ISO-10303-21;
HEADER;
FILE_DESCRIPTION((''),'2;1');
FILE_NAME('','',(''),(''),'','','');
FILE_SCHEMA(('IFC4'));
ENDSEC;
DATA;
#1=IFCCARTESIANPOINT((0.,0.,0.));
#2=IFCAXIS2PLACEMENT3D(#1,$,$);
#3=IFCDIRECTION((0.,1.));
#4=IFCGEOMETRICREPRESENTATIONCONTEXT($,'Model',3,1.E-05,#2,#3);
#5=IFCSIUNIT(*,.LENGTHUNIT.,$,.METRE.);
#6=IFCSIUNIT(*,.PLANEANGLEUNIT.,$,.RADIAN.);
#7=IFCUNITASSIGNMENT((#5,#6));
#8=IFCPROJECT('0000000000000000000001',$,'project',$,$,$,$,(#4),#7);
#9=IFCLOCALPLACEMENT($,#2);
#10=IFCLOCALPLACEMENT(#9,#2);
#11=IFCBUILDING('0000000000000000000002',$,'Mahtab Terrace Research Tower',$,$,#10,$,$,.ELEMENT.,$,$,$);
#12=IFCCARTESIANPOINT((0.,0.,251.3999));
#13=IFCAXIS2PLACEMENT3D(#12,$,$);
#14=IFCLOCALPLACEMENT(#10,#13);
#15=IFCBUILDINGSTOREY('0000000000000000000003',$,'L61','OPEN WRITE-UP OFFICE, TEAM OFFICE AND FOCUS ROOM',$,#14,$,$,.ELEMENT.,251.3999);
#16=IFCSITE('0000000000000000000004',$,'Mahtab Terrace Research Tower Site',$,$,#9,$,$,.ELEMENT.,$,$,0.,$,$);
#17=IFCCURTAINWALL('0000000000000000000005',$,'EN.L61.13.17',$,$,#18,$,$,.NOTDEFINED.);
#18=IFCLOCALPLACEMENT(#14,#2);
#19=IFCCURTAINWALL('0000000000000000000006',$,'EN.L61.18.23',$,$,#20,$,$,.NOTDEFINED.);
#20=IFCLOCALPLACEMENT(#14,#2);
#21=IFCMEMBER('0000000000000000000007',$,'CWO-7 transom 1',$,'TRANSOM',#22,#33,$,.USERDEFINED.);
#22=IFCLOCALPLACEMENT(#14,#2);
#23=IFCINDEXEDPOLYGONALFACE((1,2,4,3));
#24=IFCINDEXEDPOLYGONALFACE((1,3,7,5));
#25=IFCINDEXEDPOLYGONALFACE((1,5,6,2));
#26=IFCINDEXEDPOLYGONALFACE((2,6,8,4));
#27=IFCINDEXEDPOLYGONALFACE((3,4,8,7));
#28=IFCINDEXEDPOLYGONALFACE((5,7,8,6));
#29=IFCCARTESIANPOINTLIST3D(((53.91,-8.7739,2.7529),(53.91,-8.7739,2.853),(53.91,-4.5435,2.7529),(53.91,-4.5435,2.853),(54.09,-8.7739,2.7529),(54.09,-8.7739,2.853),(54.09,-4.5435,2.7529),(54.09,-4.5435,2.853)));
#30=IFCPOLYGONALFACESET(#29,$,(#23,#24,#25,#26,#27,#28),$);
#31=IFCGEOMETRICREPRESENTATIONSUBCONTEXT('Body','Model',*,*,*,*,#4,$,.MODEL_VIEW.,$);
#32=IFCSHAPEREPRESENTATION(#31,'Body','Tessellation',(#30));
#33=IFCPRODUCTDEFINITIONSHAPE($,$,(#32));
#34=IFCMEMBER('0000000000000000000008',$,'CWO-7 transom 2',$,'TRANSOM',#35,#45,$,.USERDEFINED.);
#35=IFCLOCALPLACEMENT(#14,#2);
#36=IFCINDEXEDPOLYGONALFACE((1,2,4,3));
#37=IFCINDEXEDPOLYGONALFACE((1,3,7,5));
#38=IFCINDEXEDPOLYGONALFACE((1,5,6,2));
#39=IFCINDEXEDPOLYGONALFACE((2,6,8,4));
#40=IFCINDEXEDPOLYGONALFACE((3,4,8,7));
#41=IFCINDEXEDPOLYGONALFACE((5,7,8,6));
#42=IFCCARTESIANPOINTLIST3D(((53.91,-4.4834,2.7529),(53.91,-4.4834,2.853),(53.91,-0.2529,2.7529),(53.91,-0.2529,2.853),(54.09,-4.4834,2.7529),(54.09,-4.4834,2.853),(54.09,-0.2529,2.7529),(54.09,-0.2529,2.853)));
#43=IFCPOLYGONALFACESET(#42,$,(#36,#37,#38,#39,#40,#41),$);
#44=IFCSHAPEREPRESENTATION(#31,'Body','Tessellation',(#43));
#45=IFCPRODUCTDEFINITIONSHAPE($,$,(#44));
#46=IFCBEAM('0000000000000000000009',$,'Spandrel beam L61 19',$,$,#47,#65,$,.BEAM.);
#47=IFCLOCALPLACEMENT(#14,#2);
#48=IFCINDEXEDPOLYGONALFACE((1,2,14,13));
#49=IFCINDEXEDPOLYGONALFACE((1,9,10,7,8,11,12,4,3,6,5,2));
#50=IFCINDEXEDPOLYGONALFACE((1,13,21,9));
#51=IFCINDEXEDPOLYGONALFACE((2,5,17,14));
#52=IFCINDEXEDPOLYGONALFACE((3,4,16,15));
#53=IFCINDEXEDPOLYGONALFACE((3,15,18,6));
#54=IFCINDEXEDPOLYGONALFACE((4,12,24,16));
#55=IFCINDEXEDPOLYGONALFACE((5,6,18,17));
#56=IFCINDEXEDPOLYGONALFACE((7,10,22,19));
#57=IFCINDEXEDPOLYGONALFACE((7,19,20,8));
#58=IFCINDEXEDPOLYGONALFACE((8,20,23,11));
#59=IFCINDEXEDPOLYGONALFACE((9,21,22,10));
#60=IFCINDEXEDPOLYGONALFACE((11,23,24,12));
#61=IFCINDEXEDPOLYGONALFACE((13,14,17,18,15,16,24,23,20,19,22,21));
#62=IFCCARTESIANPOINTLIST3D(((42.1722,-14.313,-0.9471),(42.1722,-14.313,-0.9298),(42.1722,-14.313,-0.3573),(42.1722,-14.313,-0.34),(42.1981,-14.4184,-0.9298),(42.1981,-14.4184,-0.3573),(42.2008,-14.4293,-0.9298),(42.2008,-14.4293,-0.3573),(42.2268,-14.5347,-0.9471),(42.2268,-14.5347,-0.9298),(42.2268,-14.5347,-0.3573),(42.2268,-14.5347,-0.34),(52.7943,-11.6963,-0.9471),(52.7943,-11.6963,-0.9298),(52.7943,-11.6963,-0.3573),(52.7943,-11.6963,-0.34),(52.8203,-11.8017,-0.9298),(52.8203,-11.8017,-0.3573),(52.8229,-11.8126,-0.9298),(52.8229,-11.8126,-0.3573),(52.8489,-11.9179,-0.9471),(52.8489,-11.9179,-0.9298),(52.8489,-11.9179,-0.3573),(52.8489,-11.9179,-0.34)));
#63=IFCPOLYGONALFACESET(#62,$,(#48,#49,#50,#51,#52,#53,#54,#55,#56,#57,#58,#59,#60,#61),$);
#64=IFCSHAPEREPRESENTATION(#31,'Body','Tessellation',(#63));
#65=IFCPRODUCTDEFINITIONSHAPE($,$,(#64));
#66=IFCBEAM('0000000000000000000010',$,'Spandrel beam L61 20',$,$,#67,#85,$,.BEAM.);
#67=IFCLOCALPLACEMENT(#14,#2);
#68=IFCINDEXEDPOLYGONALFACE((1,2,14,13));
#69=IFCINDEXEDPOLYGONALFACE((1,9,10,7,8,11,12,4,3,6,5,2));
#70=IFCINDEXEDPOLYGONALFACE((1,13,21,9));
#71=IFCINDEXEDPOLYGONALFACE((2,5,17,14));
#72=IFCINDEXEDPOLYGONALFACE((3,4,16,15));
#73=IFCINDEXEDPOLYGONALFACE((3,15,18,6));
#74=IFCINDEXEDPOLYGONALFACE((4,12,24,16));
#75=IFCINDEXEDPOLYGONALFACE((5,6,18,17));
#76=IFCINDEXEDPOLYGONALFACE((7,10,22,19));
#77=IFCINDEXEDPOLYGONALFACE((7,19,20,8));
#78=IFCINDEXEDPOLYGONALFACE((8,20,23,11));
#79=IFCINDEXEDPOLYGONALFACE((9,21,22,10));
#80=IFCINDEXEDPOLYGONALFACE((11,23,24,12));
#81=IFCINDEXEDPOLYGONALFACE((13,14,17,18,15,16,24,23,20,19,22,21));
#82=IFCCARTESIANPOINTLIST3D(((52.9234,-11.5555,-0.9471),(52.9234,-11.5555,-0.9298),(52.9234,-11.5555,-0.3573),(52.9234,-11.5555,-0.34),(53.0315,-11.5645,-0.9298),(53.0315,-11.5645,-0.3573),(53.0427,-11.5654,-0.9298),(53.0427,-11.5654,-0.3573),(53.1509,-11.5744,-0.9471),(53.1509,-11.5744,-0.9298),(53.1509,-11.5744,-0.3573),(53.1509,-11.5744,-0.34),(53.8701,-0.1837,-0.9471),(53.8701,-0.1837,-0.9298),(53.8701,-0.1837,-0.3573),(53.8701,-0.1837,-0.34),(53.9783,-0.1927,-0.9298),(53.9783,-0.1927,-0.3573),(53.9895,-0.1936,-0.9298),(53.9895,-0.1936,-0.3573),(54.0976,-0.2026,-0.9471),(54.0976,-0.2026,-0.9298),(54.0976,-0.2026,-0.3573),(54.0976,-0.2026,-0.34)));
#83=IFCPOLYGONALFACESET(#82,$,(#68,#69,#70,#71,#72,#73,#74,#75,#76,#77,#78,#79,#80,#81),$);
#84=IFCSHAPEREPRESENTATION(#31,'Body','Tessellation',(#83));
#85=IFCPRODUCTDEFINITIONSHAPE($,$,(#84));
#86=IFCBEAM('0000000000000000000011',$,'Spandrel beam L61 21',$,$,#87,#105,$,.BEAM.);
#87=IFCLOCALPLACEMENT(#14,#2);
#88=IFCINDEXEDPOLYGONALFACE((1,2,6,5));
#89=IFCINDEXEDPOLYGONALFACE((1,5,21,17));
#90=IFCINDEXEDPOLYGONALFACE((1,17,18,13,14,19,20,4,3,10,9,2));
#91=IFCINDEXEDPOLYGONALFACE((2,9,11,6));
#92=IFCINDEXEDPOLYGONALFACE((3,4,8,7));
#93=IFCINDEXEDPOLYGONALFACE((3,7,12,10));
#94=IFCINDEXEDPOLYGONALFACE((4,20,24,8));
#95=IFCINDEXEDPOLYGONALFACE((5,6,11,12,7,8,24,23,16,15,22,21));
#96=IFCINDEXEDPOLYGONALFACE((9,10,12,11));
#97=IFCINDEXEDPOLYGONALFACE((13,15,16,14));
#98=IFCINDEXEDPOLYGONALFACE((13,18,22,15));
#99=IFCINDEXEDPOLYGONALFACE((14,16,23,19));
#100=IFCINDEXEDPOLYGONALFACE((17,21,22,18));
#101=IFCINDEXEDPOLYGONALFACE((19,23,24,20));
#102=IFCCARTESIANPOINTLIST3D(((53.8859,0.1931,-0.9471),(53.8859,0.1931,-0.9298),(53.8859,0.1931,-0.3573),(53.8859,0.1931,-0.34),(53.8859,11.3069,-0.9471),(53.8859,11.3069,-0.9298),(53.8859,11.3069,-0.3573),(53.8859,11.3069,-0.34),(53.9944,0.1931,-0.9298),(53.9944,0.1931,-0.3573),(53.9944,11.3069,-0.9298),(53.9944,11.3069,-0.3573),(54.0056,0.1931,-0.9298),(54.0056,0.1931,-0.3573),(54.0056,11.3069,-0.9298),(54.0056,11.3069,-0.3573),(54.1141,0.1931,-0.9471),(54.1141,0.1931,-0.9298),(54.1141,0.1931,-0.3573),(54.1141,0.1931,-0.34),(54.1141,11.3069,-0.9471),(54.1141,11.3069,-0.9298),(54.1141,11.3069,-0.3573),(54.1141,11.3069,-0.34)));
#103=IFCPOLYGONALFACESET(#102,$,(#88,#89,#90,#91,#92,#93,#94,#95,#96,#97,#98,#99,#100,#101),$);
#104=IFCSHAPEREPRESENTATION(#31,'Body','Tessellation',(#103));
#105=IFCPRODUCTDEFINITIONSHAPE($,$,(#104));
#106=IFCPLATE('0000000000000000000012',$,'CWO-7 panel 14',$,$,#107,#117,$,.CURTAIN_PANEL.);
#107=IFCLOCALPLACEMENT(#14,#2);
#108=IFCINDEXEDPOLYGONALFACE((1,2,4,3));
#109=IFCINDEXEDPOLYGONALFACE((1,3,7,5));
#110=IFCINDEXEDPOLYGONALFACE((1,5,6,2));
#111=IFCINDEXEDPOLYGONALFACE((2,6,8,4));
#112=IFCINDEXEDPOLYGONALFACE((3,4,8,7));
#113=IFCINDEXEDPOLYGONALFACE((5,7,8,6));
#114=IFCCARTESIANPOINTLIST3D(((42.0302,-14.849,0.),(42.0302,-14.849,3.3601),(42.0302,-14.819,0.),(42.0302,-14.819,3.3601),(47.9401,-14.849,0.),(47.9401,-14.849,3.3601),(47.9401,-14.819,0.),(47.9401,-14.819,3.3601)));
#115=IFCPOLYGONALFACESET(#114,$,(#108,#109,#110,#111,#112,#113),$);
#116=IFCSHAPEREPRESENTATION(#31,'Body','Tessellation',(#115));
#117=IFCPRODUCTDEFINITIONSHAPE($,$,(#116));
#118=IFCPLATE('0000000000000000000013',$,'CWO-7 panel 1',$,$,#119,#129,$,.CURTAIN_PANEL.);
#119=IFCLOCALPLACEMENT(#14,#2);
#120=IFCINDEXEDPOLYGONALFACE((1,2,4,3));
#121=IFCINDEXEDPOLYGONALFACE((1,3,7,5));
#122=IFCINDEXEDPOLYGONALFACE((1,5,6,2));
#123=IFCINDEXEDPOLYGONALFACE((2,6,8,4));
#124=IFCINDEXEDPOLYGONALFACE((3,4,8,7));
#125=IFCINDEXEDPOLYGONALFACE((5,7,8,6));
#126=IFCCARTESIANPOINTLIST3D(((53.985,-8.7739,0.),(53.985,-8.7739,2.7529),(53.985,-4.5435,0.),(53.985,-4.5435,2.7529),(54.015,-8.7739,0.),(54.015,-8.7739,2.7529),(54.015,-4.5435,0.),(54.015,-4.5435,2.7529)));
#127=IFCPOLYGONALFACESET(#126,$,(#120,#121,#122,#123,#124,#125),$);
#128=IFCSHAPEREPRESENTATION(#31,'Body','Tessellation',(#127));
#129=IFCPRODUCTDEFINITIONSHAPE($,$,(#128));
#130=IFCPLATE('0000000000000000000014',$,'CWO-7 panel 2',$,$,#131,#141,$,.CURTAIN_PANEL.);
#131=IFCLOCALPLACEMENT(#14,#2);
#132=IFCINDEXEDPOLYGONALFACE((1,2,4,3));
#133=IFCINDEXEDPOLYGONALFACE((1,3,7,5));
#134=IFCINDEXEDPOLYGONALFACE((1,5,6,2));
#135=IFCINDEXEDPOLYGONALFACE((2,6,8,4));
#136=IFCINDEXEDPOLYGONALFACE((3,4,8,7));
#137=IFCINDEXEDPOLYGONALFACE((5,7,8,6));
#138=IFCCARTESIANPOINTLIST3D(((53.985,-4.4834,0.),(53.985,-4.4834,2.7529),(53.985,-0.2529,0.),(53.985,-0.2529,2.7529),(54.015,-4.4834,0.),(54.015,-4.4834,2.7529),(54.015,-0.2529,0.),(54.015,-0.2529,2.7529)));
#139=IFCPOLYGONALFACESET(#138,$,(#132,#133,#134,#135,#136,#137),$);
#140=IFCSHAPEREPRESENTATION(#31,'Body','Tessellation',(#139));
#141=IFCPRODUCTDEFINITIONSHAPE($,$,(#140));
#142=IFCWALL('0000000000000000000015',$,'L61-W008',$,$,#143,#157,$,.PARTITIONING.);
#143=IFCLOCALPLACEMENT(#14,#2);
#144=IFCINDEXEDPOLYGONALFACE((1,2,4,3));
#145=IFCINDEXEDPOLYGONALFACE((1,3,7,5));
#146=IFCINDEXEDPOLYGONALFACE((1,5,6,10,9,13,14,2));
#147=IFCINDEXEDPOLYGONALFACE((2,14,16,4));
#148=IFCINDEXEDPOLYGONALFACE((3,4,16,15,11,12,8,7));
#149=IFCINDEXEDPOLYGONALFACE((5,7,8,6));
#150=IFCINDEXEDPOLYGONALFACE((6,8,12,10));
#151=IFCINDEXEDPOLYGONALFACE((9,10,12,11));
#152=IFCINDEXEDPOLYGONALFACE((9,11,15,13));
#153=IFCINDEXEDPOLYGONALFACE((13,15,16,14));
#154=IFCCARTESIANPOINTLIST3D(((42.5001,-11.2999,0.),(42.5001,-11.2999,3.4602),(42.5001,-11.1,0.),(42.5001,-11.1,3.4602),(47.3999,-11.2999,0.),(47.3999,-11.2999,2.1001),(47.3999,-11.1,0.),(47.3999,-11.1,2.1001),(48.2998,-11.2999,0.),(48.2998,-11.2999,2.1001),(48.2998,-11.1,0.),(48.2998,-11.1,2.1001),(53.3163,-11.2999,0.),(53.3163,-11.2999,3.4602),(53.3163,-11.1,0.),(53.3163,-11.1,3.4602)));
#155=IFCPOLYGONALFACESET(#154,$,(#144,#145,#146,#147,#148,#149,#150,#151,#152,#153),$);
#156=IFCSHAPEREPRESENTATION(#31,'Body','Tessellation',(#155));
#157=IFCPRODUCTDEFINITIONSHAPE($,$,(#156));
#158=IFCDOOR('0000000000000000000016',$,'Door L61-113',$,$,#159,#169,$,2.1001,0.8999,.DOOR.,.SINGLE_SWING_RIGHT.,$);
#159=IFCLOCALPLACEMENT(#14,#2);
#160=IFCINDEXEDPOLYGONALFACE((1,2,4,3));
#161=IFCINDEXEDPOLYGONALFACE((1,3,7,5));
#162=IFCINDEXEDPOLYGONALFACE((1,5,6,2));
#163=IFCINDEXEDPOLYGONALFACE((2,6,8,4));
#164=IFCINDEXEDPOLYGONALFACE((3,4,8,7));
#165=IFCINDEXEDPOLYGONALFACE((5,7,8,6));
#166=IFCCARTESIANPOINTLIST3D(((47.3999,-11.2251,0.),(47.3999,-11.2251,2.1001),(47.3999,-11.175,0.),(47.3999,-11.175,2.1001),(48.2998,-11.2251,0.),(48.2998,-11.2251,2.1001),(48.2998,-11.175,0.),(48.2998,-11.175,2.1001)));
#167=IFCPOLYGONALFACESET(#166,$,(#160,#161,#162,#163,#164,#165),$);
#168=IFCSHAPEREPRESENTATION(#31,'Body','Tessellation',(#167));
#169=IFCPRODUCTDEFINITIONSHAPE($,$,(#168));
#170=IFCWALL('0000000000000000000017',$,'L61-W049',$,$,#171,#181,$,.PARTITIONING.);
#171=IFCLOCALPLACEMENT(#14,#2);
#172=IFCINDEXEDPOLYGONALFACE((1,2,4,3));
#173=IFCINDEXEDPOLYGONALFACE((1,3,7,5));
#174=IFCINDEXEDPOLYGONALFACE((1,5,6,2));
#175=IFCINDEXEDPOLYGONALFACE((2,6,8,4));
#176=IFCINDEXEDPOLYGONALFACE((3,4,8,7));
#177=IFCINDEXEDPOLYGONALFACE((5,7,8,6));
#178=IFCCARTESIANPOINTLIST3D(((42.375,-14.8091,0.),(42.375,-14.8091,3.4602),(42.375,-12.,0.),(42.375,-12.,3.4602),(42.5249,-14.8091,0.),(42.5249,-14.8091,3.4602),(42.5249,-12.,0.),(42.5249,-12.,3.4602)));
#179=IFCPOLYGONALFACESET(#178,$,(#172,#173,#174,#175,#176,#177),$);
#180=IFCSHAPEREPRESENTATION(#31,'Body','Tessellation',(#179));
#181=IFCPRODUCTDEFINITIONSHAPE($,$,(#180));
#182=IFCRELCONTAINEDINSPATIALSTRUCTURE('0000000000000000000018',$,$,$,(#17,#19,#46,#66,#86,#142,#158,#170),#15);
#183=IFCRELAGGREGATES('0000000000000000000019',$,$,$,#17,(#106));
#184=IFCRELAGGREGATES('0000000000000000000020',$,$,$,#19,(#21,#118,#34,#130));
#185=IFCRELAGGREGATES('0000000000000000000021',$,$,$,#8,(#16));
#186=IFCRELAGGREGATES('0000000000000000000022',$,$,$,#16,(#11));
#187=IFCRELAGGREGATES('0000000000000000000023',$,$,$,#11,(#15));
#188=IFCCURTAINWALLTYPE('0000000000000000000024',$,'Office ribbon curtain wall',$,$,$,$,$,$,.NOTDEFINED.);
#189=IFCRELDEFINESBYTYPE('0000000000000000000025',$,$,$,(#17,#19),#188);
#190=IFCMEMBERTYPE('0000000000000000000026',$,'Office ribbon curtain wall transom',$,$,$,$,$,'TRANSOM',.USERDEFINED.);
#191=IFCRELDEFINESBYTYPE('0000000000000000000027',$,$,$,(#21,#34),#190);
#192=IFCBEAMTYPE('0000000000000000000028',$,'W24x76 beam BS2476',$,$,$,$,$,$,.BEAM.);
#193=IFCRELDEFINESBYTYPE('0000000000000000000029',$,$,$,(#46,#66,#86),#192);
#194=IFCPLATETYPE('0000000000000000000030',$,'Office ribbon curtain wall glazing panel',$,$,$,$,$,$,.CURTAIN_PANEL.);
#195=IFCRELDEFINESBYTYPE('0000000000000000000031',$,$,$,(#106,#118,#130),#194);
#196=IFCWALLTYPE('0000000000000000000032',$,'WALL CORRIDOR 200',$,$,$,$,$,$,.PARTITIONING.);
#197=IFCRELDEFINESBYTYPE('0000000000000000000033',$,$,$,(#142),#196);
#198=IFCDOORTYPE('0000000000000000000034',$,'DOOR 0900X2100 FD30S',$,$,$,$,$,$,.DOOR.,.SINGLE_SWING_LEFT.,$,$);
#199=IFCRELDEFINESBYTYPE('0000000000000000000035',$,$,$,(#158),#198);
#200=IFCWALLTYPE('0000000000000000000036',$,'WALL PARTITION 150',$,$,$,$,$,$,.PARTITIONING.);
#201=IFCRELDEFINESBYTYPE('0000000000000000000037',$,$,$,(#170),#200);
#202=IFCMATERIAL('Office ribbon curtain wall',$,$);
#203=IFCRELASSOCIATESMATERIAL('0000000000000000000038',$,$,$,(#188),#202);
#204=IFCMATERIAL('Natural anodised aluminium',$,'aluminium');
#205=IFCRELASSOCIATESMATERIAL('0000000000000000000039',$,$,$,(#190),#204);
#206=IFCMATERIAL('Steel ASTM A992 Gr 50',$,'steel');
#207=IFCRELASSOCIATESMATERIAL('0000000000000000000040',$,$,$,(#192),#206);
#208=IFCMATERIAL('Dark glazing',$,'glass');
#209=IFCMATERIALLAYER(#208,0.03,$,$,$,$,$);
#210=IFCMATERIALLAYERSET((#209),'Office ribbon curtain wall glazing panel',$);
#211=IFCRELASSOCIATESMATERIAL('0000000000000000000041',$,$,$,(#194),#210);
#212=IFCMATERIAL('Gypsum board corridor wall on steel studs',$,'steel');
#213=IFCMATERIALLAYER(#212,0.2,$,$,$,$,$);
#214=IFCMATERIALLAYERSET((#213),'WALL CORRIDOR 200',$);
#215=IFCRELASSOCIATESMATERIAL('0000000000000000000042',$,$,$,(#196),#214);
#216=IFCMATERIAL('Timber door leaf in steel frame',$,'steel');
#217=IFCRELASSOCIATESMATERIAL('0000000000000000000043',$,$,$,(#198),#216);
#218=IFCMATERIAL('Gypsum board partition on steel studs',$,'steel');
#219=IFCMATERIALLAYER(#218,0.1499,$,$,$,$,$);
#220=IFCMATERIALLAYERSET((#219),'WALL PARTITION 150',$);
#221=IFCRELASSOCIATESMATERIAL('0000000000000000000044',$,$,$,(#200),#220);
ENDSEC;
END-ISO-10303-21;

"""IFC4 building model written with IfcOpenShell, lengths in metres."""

from ifc_helpers import new_model, si_unit, direction, frame, frame_2d, origin, origin_2d, place, context, subcontext, project, spatial, rectangle, i_section, extrude, material, layer, layer_set, material_profile, profile_set, type_object, element, fill, aggregate, save


model = new_model("IFC4")

# Units and contexts
model_context = context("Model", 3, precision=1e-05, world=origin(), true_north=direction((0.0, 1.0)))
body_context = subcontext(model_context, "Body", "Model", "MODEL_VIEW")
ifc_project = project(units=[si_unit("LENGTHUNIT", "METRE"), si_unit("PLANEANGLEUNIT", "RADIAN")], contexts=[model_context])

# Site, building, storey
site_placement = place(None, origin())
site = spatial("IfcSite", under=ifc_project, at=site_placement, Name="Mahtab Terrace Research Tower Site", CompositionType="ELEMENT", RefElevation=0.0)
building_placement = place(site_placement, origin())
building = spatial("IfcBuilding", under=site, at=building_placement, Name="Mahtab Terrace Research Tower", CompositionType="ELEMENT")
storey_placement = place(building_placement, frame((0.0, 0.0, 251.3999)))
storey = spatial("IfcBuildingStorey", under=building, at=storey_placement, Name="L61", Description="OPEN WRITE-UP OFFICE, TEAM OFFICE AND FOCUS ROOM", CompositionType="ELEMENT", Elevation=251.3999)

# Shared definitions
ifc_material_1 = material(Name="Steel ASTM A992 Gr 50", Category="steel")

# Curtain walls
ifc_material_2 = material(Name="Office ribbon curtain wall")
curtain_wall_type = type_object("IfcCurtainWallType", Name="Office ribbon curtain wall", PredefinedType="NOTDEFINED", material=ifc_material_2)
curtain_wall_1_placement = place(storey_placement, origin())
curtain_wall_1 = element("IfcCurtainWall", 1, at=curtain_wall_1_placement, inside=storey, type_object=curtain_wall_type, Name="EN.L61.13.17", PredefinedType="NOTDEFINED")
ifc_material_3 = material(Name="Natural anodised aluminium", Category="aluminium")
curtain_wall_2_placement = place(storey_placement, origin())
curtain_wall_2 = element("IfcCurtainWall", 2, at=curtain_wall_2_placement, inside=storey, type_object=curtain_wall_type, Name="EN.L61.18.23", PredefinedType="NOTDEFINED")

# Members
ifc_material_profile_1 = material_profile(ifc_material_3, rectangle(XDim=0.1799, YDim=0.1001, at=origin_2d()), Name="TRANSOM 100x180")
ifc_profile_set_1 = profile_set([ifc_material_profile_1], Name="Natural anodised aluminium")
member_type_1 = type_object("IfcMemberType", Name="Office ribbon curtain wall transom", ElementType="TRANSOM", PredefinedType="USERDEFINED", material=ifc_profile_set_1)
member_1_placement = place(storey_placement, frame((54.0, -8.7739, 2.803), z_axis=(0.0, 1.0, 0.0), x_axis=(-1.0, 0.0, 0.0)))
member_1 = element("IfcMember", 3, at=member_1_placement, type_object=member_type_1, Name="CWO-7 transom 1", ObjectType="TRANSOM", PredefinedType="USERDEFINED", context=body_context, shape_type="SweptSolid", body=[
    extrude(rectangle(XDim=0.1799, YDim=0.1001, at=origin_2d()), origin(), (0.0, 0.0, 1.0), 4.2305),
])
member_2_placement = place(storey_placement, frame((54.0, -4.4834, 2.803), z_axis=(0.0, 1.0, 0.0), x_axis=(-1.0, 0.0, 0.0)))
member_2 = element("IfcMember", 4, at=member_2_placement, type_object=member_type_1, Name="CWO-7 transom 2", ObjectType="TRANSOM", PredefinedType="USERDEFINED", context=body_context, shape_type="SweptSolid", body=[
    extrude(rectangle(XDim=0.1799, YDim=0.1001, at=origin_2d()), origin(), (0.0, 0.0, 1.0), 4.2305),
])

# Beams
ifc_material_profile_2 = material_profile(ifc_material_1, i_section(OverallWidth=0.2283, OverallDepth=0.6072, WebThickness=0.0112, FlangeThickness=0.0173, at=origin_2d()), Name="W24X76")
ifc_profile_set_2 = profile_set([ifc_material_profile_2], Name="Steel ASTM A992 Gr 50")
beam_type = type_object("IfcBeamType", Name="W24x76 beam BS2476", PredefinedType="BEAM", material=ifc_profile_set_2)
beam_1_placement = place(storey_placement, frame((42.1995, -14.4238, -0.6436), z_axis=(0.970972, 0.239195, 0.0), x_axis=(-0.239195, 0.970972, 0.0)))
element("IfcBeam", 5, at=beam_1_placement, inside=storey, type_object=beam_type, Name="Spandrel beam L61 19", PredefinedType="BEAM", context=body_context, shape_type="SweptSolid", body=[
    extrude(i_section(OverallWidth=0.2283, OverallDepth=0.6072, WebThickness=0.0112, FlangeThickness=0.0173, at=origin_2d()), origin(), (0.0, 0.0, 1.0), 10.9397),
])
beam_2_placement = place(storey_placement, frame((53.0371, -11.5649, -0.6436), z_axis=(0.082969, 0.996552, 0.0), x_axis=(-0.996552, 0.082969, 0.0)))
element("IfcBeam", 6, at=beam_2_placement, inside=storey, type_object=beam_type, Name="Spandrel beam L61 20", PredefinedType="BEAM", context=body_context, shape_type="SweptSolid", body=[
    extrude(i_section(OverallWidth=0.2283, OverallDepth=0.6072, WebThickness=0.0112, FlangeThickness=0.0173, at=origin_2d()), origin(), (0.0, 0.0, 1.0), 11.4111),
])
beam_3_placement = place(storey_placement, frame((54.0, 0.1931, -0.6436), z_axis=(0.0, 1.0, 0.0), x_axis=(-1.0, 0.0, 0.0)))
element("IfcBeam", 7, at=beam_3_placement, inside=storey, type_object=beam_type, Name="Spandrel beam L61 21", PredefinedType="BEAM", context=body_context, shape_type="SweptSolid", body=[
    extrude(i_section(OverallWidth=0.2283, OverallDepth=0.6072, WebThickness=0.0112, FlangeThickness=0.0173, at=origin_2d()), origin(), (0.0, 0.0, 1.0), 11.1138),
])

# Plates
ifc_material_4 = material(Name="Dark glazing", Category="glass")
ifc_layer_1 = layer(ifc_material_4, 0.03)
ifc_layer_set_1 = layer_set([ifc_layer_1], Name="Office ribbon curtain wall glazing panel")
plate_type = type_object("IfcPlateType", Name="Office ribbon curtain wall glazing panel", PredefinedType="CURTAIN_PANEL", material=ifc_layer_set_1)
plate_1_placement = place(storey_placement, frame((44.9851, -14.834, 0.0), z_axis=(0.0, 0.0, 1.0), x_axis=(1.0, 0.0, 0.0)))
plate_1 = element("IfcPlate", 8, at=plate_1_placement, type_object=plate_type, Name="CWO-7 panel 14", PredefinedType="CURTAIN_PANEL", context=body_context, shape_type="SweptSolid", body=[
    extrude(rectangle(XDim=5.9099, YDim=0.03, at=origin_2d()), origin(), (0.0, 0.0, 1.0), 3.3601),
])
aggregate(curtain_wall_1, [plate_1])
plate_2_placement = place(storey_placement, frame((54.0, -6.6587, 0.0), z_axis=(0.0, 0.0, 1.0), x_axis=(0.0, 1.0, 0.0)))
plate_2 = element("IfcPlate", 9, at=plate_2_placement, type_object=plate_type, Name="CWO-7 panel 1", PredefinedType="CURTAIN_PANEL", context=body_context, shape_type="SweptSolid", body=[
    extrude(rectangle(XDim=4.2305, YDim=0.03, at=origin_2d()), origin(), (0.0, 0.0, 1.0), 2.7529),
])
plate_3_placement = place(storey_placement, frame((54.0, -2.3682, 0.0), z_axis=(0.0, 0.0, 1.0), x_axis=(0.0, 1.0, 0.0)))
plate_3 = element("IfcPlate", 10, at=plate_3_placement, type_object=plate_type, Name="CWO-7 panel 2", PredefinedType="CURTAIN_PANEL", context=body_context, shape_type="SweptSolid", body=[
    extrude(rectangle(XDim=4.2305, YDim=0.03, at=origin_2d()), origin(), (0.0, 0.0, 1.0), 2.7529),
])
aggregate(curtain_wall_2, [member_1, plate_2, member_2, plate_3])

# Wall, opening, door
ifc_material_5 = material(Name="Gypsum board corridor wall on steel studs", Category="steel")
ifc_layer_2 = layer(ifc_material_5, 0.2)
ifc_layer_set_2 = layer_set([ifc_layer_2], Name="WALL CORRIDOR 200")
wall_type_1 = type_object("IfcWallType", Name="WALL CORRIDOR 200", PredefinedType="PARTITIONING", material=ifc_layer_set_2)
wall_1_placement = place(storey_placement, frame((42.5, -11.2, 0.0), z_axis=(0.0, 0.0, 1.0), x_axis=(1.0, 0.0, 0.0)))
wall_1 = element("IfcWall", 11, at=wall_1_placement, inside=storey, type_object=wall_type_1, Name="L61-W008", PredefinedType="PARTITIONING", context=body_context, shape_type="SweptSolid", body=[
    extrude(rectangle(XDim=10.8162, YDim=0.2, at=frame_2d((5.4082, 0.0))), origin(), (0.0, 0.0, 1.0), 3.4602),
])
opening_placement = place(wall_1_placement, frame((4.8999, 0.0, 0.0)))
opening = element("IfcOpeningElement", 12, at=opening_placement, cuts=wall_1, PredefinedType="OPENING", context=body_context, shape_type="SweptSolid", body=[
    extrude(rectangle(XDim=0.8999, YDim=2.1001, at=frame_2d((0.45, 1.05))), frame((0.0, 0.1099, 0.0), z_axis=(0.0, -1.0, 0.0), x_axis=(1.0, 0.0, 0.0)), (0.0, 0.0, 1.0), 0.22),
])
ifc_material_6 = material(Name="Timber door leaf in steel frame", Category="steel")
door_type = type_object("IfcDoorType", Name="DOOR 0900X2100 FD30S", OperationType="SINGLE_SWING_LEFT", PredefinedType="DOOR", material=ifc_material_6)
door_placement = place(opening_placement, origin())
door = element("IfcDoor", 13, at=door_placement, inside=storey, type_object=door_type, Name="Door L61-113", OperationType="SINGLE_SWING_RIGHT", OverallHeight=2.1001, OverallWidth=0.8999, PredefinedType="DOOR", context=body_context, shape_type="SweptSolid", body=[
    extrude(rectangle(XDim=0.8999, YDim=2.1001, at=frame_2d((0.45, 1.05))), frame((0.0, 0.0249, 0.0), z_axis=(0.0, -1.0, 0.0), x_axis=(1.0, 0.0, 0.0)), (0.0, 0.0, 1.0), 0.05),
])
fill(opening, door)

# Wall
ifc_material_7 = material(Name="Gypsum board partition on steel studs", Category="steel")
ifc_layer_3 = layer(ifc_material_7, 0.1499)
ifc_layer_set_3 = layer_set([ifc_layer_3], Name="WALL PARTITION 150")
wall_type_2 = type_object("IfcWallType", Name="WALL PARTITION 150", PredefinedType="PARTITIONING", material=ifc_layer_set_3)
wall_2_placement = place(storey_placement, frame((42.45, -14.8091, 0.0), z_axis=(0.0, 0.0, 1.0), x_axis=(0.0, 1.0, 0.0)))
element("IfcWall", 14, at=wall_2_placement, inside=storey, type_object=wall_type_2, Name="L61-W049", PredefinedType="PARTITIONING", context=body_context, shape_type="SweptSolid", body=[
    extrude(rectangle(XDim=2.8091, YDim=0.1499, at=frame_2d((1.4045, 0.0))), origin(), (0.0, 0.0, 1.0), 3.4602),
])

save(model, "model.ifc")
